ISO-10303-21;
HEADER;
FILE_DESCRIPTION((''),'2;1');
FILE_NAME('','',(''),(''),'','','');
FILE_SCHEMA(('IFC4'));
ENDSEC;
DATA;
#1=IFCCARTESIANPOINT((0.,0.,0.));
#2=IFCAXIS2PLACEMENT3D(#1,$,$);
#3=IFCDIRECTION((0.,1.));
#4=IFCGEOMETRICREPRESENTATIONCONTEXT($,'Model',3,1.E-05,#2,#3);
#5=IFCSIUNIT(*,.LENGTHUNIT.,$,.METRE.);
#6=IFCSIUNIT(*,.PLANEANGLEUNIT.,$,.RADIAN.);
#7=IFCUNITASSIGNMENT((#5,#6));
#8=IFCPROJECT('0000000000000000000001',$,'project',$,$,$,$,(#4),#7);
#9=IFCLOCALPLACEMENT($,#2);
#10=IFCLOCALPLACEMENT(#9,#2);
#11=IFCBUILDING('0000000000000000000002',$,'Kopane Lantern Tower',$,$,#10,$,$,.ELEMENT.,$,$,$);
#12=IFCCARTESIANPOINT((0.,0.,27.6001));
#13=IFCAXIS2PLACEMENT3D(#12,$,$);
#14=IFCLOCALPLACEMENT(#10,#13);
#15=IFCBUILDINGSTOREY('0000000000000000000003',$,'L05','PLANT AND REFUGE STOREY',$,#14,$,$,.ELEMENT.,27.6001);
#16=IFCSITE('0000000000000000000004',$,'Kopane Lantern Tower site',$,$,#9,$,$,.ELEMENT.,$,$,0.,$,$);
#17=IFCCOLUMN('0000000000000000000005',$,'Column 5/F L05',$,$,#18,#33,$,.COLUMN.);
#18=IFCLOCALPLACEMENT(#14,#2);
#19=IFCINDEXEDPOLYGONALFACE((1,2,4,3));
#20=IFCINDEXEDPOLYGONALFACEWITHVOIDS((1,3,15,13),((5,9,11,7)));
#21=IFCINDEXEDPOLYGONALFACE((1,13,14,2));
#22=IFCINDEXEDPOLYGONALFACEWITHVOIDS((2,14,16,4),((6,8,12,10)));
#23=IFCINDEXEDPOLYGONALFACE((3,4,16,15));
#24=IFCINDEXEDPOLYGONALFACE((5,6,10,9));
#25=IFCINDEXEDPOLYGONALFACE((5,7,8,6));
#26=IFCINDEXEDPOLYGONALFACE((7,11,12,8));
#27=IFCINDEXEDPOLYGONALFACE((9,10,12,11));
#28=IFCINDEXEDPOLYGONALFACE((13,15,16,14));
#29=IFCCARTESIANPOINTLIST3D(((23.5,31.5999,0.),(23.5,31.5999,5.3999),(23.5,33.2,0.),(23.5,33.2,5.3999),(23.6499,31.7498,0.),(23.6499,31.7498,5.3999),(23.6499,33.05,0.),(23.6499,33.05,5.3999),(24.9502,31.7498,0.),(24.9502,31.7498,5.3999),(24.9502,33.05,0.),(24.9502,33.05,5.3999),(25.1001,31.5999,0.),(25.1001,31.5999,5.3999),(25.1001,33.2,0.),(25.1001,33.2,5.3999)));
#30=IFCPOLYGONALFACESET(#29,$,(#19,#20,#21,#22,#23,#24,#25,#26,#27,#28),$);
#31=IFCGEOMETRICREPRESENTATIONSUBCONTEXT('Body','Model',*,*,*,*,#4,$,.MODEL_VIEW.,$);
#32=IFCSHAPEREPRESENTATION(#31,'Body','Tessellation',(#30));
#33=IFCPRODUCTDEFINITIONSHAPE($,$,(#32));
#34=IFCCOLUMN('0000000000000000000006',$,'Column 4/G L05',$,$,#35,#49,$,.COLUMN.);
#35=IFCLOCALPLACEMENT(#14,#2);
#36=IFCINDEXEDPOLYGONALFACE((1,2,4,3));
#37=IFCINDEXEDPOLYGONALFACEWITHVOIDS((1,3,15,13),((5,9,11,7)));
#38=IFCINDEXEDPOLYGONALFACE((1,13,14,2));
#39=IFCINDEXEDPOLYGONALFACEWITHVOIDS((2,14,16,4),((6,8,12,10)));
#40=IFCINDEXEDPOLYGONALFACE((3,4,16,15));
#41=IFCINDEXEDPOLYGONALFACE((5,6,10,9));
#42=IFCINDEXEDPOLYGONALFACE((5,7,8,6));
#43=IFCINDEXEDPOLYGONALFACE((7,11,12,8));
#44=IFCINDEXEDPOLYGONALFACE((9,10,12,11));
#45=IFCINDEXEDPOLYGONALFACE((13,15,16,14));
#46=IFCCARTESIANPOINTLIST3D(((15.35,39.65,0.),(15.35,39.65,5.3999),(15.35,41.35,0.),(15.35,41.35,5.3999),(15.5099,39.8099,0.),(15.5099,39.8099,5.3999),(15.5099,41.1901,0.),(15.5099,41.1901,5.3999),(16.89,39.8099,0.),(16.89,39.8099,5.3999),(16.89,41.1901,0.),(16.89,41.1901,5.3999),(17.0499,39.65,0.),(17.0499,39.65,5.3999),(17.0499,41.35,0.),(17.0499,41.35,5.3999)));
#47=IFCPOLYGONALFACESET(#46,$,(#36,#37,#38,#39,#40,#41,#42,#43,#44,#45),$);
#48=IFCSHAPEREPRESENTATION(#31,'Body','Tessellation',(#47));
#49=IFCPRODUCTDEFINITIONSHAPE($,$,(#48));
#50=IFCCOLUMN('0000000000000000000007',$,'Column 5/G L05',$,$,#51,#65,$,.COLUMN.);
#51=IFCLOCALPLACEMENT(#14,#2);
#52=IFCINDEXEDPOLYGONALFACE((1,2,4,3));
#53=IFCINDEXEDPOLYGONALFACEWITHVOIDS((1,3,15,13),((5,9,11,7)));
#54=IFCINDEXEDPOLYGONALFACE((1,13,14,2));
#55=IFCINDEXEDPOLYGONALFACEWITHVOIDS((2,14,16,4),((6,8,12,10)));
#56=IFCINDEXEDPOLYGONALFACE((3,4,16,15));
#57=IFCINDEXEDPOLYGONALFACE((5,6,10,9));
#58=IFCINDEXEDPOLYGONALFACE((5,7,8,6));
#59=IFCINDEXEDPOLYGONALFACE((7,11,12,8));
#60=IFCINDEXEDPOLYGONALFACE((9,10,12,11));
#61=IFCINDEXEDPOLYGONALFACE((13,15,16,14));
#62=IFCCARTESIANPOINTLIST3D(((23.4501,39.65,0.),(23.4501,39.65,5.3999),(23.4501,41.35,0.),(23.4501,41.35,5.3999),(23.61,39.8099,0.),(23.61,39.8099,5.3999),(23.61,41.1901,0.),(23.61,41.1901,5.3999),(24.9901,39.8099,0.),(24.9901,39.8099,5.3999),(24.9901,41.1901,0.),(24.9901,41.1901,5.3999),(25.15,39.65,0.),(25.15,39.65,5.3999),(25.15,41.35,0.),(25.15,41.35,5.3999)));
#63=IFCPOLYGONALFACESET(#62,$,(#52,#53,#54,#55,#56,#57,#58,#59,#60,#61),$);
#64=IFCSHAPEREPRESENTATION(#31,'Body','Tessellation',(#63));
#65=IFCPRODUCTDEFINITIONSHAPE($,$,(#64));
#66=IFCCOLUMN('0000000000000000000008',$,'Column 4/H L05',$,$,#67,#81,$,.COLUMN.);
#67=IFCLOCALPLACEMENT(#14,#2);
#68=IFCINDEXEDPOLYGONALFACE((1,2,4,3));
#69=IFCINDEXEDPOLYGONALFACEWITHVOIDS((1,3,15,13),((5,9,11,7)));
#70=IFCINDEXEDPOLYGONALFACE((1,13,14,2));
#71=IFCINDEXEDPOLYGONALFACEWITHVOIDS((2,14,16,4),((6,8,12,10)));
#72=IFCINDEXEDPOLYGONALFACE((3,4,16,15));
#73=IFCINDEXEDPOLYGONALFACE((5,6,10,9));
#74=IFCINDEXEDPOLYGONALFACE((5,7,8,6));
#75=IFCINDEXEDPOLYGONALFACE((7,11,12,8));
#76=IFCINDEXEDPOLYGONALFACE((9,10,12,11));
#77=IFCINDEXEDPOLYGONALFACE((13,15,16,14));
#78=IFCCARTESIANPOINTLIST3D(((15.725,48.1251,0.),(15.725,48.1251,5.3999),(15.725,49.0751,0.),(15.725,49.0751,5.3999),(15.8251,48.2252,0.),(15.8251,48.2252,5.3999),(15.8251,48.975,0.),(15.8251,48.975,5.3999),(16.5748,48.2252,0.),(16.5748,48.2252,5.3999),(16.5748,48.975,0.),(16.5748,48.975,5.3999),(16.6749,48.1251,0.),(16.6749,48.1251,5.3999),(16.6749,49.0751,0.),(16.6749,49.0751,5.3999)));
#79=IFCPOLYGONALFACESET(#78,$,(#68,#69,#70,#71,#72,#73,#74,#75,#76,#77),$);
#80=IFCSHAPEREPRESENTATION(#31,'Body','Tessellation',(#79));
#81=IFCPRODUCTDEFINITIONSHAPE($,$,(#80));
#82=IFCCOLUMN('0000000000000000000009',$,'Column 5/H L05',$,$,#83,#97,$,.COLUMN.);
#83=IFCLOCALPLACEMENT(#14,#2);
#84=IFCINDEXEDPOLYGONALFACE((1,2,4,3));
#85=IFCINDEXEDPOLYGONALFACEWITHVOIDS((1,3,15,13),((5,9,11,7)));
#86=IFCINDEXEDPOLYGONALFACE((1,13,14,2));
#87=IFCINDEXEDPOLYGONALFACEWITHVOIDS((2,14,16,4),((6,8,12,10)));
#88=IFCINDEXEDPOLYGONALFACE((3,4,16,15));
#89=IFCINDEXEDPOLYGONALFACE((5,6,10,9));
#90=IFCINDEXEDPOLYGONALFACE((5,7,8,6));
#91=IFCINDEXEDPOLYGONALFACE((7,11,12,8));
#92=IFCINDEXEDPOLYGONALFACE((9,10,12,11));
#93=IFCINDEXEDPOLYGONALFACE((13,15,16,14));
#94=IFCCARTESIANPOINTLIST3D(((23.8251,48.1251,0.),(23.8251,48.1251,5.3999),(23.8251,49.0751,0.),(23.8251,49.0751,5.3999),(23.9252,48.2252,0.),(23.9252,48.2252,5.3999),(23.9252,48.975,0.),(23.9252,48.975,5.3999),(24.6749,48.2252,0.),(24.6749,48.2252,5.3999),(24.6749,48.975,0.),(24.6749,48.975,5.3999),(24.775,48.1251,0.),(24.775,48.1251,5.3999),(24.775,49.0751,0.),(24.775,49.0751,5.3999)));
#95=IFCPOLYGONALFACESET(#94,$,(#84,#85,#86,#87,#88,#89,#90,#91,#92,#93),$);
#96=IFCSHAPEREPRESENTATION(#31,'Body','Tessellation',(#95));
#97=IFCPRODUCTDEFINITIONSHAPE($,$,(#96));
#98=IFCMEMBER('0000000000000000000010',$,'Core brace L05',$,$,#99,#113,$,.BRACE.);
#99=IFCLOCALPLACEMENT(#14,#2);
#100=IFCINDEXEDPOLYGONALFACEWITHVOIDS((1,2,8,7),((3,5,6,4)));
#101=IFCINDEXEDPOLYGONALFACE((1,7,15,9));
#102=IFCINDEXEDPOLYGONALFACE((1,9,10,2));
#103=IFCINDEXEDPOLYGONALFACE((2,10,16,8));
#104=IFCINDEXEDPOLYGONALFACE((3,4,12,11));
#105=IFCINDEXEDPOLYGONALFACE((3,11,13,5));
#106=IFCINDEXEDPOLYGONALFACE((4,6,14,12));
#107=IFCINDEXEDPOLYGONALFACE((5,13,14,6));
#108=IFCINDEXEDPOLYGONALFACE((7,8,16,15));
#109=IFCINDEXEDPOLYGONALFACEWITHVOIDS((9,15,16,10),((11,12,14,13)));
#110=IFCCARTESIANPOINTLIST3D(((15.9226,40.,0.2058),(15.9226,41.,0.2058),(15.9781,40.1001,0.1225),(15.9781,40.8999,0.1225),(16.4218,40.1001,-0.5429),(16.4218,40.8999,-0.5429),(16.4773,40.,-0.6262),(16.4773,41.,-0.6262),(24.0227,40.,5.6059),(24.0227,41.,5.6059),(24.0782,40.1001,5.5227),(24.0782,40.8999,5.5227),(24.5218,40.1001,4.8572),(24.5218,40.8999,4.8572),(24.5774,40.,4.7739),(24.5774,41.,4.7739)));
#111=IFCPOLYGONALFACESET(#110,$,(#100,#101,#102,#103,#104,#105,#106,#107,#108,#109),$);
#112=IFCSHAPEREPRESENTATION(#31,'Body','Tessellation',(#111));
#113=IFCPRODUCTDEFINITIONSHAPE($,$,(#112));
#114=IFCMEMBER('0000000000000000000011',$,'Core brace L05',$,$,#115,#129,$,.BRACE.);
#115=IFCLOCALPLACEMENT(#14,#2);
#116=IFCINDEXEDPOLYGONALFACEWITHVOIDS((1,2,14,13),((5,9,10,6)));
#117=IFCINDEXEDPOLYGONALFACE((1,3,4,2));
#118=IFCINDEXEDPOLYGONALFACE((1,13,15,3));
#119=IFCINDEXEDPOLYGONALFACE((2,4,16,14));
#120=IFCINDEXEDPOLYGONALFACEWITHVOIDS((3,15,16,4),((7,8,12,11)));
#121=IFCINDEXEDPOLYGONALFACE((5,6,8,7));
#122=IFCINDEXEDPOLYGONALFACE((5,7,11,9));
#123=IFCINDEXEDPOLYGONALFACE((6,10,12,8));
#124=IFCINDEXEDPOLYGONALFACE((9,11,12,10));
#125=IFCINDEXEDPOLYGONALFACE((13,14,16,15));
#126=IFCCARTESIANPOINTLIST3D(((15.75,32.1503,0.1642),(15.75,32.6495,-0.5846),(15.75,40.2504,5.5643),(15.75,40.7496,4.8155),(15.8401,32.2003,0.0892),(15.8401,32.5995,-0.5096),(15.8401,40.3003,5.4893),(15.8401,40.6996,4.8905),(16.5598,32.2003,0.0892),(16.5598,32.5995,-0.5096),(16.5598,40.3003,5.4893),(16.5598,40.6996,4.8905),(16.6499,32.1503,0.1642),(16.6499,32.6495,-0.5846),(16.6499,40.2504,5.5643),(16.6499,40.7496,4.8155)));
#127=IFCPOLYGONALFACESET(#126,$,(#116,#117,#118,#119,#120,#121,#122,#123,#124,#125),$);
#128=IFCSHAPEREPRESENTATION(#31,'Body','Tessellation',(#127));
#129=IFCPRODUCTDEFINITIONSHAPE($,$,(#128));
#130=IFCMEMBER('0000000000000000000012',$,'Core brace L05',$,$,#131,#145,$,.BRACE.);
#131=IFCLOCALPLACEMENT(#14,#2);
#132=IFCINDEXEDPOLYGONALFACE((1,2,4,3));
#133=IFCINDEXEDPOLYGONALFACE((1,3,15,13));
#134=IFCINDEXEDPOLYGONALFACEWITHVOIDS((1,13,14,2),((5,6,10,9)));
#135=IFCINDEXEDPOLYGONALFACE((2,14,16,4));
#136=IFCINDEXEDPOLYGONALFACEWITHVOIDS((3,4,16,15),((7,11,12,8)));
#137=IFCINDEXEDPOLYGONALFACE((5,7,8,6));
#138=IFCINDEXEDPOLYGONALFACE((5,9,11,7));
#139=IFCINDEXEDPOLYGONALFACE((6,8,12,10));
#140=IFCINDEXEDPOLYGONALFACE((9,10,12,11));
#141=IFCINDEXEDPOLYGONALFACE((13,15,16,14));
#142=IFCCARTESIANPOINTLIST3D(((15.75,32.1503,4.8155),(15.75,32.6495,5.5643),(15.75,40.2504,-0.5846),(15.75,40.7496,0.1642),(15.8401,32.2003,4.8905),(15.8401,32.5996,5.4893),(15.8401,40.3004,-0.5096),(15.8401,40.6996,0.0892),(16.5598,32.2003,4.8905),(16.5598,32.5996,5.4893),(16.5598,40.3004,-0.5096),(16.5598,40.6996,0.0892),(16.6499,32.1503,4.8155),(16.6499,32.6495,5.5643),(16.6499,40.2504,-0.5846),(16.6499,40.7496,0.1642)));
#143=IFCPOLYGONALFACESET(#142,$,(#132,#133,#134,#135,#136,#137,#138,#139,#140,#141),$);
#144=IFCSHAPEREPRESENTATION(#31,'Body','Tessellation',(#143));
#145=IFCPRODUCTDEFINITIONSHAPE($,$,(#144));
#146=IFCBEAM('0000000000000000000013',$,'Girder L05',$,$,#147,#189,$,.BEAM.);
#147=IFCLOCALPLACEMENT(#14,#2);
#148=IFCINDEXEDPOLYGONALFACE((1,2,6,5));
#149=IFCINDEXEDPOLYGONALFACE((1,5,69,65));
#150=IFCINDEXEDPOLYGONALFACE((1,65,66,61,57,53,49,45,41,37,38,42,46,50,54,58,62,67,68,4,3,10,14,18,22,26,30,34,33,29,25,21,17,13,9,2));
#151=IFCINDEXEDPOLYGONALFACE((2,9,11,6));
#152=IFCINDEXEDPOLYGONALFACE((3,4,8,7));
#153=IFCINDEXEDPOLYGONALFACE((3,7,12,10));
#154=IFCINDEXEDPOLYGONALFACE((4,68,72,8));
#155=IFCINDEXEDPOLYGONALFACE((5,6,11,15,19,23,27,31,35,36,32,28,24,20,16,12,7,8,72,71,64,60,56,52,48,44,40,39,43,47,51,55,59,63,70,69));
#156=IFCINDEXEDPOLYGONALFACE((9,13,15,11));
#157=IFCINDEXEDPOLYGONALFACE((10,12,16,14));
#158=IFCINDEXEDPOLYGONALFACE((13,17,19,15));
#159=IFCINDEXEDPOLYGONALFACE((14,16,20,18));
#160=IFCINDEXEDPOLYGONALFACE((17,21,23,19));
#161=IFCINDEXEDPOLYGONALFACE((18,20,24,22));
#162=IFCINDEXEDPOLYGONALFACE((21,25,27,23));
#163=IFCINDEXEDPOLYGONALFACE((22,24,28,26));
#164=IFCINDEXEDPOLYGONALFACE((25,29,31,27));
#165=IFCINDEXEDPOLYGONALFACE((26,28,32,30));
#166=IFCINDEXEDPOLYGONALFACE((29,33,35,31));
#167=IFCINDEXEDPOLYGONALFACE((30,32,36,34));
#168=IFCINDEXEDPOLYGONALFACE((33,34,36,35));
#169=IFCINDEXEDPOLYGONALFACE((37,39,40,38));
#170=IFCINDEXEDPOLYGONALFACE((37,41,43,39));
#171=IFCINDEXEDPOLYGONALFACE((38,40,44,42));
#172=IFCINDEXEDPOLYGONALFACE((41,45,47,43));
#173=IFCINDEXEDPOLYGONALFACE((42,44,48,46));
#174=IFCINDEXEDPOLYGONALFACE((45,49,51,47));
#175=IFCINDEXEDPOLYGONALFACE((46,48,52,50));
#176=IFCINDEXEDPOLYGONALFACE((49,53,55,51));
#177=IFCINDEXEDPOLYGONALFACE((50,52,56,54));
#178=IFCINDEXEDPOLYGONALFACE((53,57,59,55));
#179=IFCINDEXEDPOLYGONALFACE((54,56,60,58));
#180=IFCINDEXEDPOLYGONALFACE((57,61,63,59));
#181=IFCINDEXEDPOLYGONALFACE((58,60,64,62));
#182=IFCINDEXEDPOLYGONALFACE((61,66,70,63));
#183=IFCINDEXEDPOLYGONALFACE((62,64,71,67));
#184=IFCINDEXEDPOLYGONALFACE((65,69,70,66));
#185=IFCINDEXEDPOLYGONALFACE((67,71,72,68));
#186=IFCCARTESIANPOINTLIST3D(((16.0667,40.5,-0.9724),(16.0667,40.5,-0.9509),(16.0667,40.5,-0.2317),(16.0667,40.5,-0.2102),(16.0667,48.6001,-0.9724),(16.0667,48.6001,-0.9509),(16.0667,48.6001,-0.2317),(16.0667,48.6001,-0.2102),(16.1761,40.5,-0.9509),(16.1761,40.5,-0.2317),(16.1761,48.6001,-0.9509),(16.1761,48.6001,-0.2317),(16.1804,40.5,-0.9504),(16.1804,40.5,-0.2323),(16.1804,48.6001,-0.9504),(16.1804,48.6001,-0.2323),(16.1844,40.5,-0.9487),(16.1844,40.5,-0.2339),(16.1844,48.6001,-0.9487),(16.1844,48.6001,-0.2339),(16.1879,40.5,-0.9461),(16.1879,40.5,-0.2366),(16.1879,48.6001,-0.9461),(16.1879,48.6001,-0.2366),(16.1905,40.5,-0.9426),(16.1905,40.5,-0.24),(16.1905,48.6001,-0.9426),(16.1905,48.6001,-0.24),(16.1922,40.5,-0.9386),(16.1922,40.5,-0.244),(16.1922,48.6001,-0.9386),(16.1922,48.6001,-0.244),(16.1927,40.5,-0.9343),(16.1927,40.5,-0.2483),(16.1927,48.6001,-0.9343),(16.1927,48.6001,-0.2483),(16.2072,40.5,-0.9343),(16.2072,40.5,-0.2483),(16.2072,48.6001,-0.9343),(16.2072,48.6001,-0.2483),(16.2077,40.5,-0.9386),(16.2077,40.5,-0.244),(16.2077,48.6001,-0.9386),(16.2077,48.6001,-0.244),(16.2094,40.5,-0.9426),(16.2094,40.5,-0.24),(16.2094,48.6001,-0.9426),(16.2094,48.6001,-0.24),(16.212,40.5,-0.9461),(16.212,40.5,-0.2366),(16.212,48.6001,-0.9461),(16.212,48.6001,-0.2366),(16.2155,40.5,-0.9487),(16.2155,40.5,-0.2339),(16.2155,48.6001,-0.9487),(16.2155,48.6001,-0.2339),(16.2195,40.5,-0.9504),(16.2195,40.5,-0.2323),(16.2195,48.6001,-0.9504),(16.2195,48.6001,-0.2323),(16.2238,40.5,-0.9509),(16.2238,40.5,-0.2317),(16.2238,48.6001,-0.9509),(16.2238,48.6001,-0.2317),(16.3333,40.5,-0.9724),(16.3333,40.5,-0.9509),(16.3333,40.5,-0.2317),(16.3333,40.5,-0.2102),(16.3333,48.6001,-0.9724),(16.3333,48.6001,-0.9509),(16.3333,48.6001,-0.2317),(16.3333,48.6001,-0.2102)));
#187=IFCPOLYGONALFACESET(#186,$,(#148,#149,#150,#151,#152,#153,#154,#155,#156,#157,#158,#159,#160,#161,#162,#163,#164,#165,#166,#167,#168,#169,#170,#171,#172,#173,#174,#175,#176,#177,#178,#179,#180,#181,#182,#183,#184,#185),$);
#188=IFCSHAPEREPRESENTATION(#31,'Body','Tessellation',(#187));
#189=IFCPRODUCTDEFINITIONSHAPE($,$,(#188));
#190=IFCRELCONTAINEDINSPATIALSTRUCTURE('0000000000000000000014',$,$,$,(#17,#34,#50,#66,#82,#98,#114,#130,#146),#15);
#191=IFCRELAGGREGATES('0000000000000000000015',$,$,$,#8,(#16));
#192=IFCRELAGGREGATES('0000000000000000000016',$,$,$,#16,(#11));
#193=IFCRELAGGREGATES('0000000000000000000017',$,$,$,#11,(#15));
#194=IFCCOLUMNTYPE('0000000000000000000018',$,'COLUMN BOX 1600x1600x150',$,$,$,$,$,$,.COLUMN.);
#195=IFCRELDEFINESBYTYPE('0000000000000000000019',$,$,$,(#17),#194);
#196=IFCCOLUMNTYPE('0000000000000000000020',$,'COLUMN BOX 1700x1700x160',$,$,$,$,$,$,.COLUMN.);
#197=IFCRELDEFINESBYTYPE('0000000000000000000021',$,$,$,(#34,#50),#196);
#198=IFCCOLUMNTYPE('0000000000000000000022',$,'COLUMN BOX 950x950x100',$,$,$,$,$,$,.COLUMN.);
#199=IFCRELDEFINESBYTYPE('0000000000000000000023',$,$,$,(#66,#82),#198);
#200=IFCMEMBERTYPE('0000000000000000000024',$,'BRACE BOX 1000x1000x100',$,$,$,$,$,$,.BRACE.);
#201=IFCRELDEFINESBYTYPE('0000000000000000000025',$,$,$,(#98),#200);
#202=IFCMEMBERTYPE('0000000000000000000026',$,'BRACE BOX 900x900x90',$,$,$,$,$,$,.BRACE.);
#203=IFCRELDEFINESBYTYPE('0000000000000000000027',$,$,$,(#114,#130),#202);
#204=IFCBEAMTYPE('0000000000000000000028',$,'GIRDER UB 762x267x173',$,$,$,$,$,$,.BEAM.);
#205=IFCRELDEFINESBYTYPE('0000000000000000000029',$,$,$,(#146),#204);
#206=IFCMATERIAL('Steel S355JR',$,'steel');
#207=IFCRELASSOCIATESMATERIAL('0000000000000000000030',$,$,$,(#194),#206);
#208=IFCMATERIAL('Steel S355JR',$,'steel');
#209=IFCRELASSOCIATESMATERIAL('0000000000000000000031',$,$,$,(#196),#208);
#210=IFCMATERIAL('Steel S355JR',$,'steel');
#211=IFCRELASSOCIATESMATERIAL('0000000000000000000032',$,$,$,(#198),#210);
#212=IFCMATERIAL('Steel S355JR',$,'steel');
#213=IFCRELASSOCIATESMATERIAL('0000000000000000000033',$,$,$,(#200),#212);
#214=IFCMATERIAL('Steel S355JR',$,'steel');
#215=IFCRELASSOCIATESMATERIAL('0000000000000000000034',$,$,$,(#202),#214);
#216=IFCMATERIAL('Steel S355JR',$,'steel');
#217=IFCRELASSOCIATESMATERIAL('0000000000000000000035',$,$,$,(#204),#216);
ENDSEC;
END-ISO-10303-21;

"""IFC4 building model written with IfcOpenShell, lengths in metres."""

from ifc_helpers import new_model, si_unit, direction, frame, origin, origin_2d, place, context, subcontext, project, spatial, hollow_rectangle, i_section, extrude, material, material_profile, profile_set, type_object, element, save


model = new_model("IFC4")

# Units and contexts
model_context = context("Model", 3, precision=1e-05, world=origin(), true_north=direction((0.0, 1.0)))
body_context = subcontext(model_context, "Body", "Model", "MODEL_VIEW")
ifc_project = project(units=[si_unit("LENGTHUNIT", "METRE"), si_unit("PLANEANGLEUNIT", "RADIAN")], contexts=[model_context])

# Site, building, storey
site_placement = place(None, origin())
site = spatial("IfcSite", under=ifc_project, at=site_placement, Name="Kopane Lantern Tower site", CompositionType="ELEMENT", RefElevation=0.0)
building_placement = place(site_placement, origin())
building = spatial("IfcBuilding", under=site, at=building_placement, Name="Kopane Lantern Tower", CompositionType="ELEMENT")
storey_placement = place(building_placement, frame((0.0, 0.0, 27.6001)))
storey = spatial("IfcBuildingStorey", under=building, at=storey_placement, Name="L05", Description="PLANT AND REFUGE STOREY", CompositionType="ELEMENT", Elevation=27.6001)

# Columns
ifc_material_1 = material(Name="Steel S355JR", Category="steel")
ifc_material_profile_1 = material_profile(ifc_material_1, hollow_rectangle(XDim=1.6001, YDim=1.6001, WallThickness=0.1499, at=origin_2d()), Name="BOX 1600x1600x150")
ifc_profile_set_1 = profile_set([ifc_material_profile_1], Name="Steel S355JR")
column_type_1 = type_object("IfcColumnType", Name="COLUMN BOX 1600x1600x150", PredefinedType="COLUMN", material=ifc_profile_set_1)
column_placement = place(storey_placement, frame((24.3, 32.3999, 0.0), z_axis=(0.0, 0.0, 1.0), x_axis=(1.0, 0.0, 0.0)))
element("IfcColumn", 1, at=column_placement, inside=storey, type_object=column_type_1, Name="Column 5/F L05", PredefinedType="COLUMN", context=body_context, shape_type="SweptSolid", body=[
    extrude(hollow_rectangle(XDim=1.6001, YDim=1.6001, WallThickness=0.1499, at=origin_2d()), origin(), (0.0, 0.0, 1.0), 5.3999),
])
ifc_material_2 = material(Name="Steel S355JR", Category="steel")
ifc_material_profile_2 = material_profile(ifc_material_2, hollow_rectangle(XDim=1.7, YDim=1.7, WallThickness=0.1599, at=origin_2d()), Name="BOX 1700x1700x160")
ifc_profile_set_2 = profile_set([ifc_material_profile_2], Name="Steel S355JR")
column_type_2 = type_object("IfcColumnType", Name="COLUMN BOX 1700x1700x160", PredefinedType="COLUMN", material=ifc_profile_set_2)
for number, where, z_axis, x_axis, name in (
    (2, (16.2, 40.5, 0.0), (0.0, 0.0, 1.0), (1.0, 0.0, 0.0), "Column 4/G L05"),
    (3, (24.3, 40.5, 0.0), (0.0, 0.0, 1.0), (1.0, 0.0, 0.0), "Column 5/G L05"),
):
    element("IfcColumn", number, at=place(storey_placement, frame(where, z_axis=z_axis, x_axis=x_axis)), inside=storey, type_object=column_type_2, Name=name, PredefinedType="COLUMN", context=body_context, shape_type="SweptSolid", body=[
        extrude(hollow_rectangle(XDim=1.7, YDim=1.7, WallThickness=0.1599, at=origin_2d()), origin(), (0.0, 0.0, 1.0), 5.3999),
    ])
ifc_material_3 = material(Name="Steel S355JR", Category="steel")
ifc_material_profile_3 = material_profile(ifc_material_3, hollow_rectangle(XDim=0.95, YDim=0.95, WallThickness=0.1001, at=origin_2d()), Name="BOX 950x950x100")
ifc_profile_set_3 = profile_set([ifc_material_profile_3], Name="Steel S355JR")
column_type_3 = type_object("IfcColumnType", Name="COLUMN BOX 950x950x100", PredefinedType="COLUMN", material=ifc_profile_set_3)
for number, where, z_axis, x_axis, name in (
    (4, (16.2, 48.6001, 0.0), (0.0, 0.0, 1.0), (1.0, 0.0, 0.0), "Column 4/H L05"),
    (5, (24.3, 48.6001, 0.0), (0.0, 0.0, 1.0), (1.0, 0.0, 0.0), "Column 5/H L05"),
):
    element("IfcColumn", number, at=place(storey_placement, frame(where, z_axis=z_axis, x_axis=x_axis)), inside=storey, type_object=column_type_3, Name=name, PredefinedType="COLUMN", context=body_context, shape_type="SweptSolid", body=[
        extrude(hollow_rectangle(XDim=0.95, YDim=0.95, WallThickness=0.1001, at=origin_2d()), origin(), (0.0, 0.0, 1.0), 5.3999),
    ])

# Members
ifc_material_4 = material(Name="Steel S355JR", Category="steel")
ifc_material_profile_4 = material_profile(ifc_material_4, hollow_rectangle(XDim=1.0, YDim=1.0, WallThickness=0.1001, at=origin_2d()), Name="BOX 1000x1000x100")
ifc_profile_set_4 = profile_set([ifc_material_profile_4], Name="Steel S355JR")
member_type_1 = type_object("IfcMemberType", Name="BRACE BOX 1000x1000x100", PredefinedType="BRACE", material=ifc_profile_set_4)
member_placement = place(storey_placement, frame((16.2, 40.5, -0.2102), z_axis=(0.832046, 0.0, 0.554706), x_axis=(0.0, 1.0, 0.0)))
element("IfcMember", 6, at=member_placement, inside=storey, type_object=member_type_1, Name="Core brace L05", PredefinedType="BRACE", context=body_context, shape_type="SweptSolid", body=[
    extrude(hollow_rectangle(XDim=1.0, YDim=1.0, WallThickness=0.1001, at=origin_2d()), origin(), (0.0, 0.0, 1.0), 9.7351),
])
ifc_material_5 = material(Name="Steel S355JR", Category="steel")
ifc_material_profile_5 = material_profile(ifc_material_5, hollow_rectangle(XDim=0.8999, YDim=0.8999, WallThickness=0.0901, at=origin_2d()), Name="BOX 900x900x90")
ifc_profile_set_5 = profile_set([ifc_material_profile_5], Name="Steel S355JR")
member_type_2 = type_object("IfcMemberType", Name="BRACE BOX 900x900x90", PredefinedType="BRACE", material=ifc_profile_set_5)
for number, where, z_axis, x_axis, name in (
    (7, (16.2, 32.3999, -0.2102), (0.0, 0.832046, 0.554706), (-1.0, 0.0, 0.0), "Core brace L05"),
    (8, (16.2, 40.5, -0.2102), (0.0, -0.832046, 0.554706), (1.0, 0.0, 0.0), "Core brace L05"),
):
    element("IfcMember", number, at=place(storey_placement, frame(where, z_axis=z_axis, x_axis=x_axis)), inside=storey, type_object=member_type_2, Name=name, PredefinedType="BRACE", context=body_context, shape_type="SweptSolid", body=[
        extrude(hollow_rectangle(XDim=0.8999, YDim=0.8999, WallThickness=0.0901, at=origin_2d()), origin(), (0.0, 0.0, 1.0), 9.7351),
    ])

# Beam
ifc_material_6 = material(Name="Steel S355JR", Category="steel")
ifc_material_profile_6 = material_profile(ifc_material_6, i_section(OverallWidth=0.2666, OverallDepth=0.7622, WebThickness=0.0144, FlangeThickness=0.0215, FilletRadius=0.0166, at=origin_2d()), Name="UB 762x267x173")
ifc_profile_set_6 = profile_set([ifc_material_profile_6], Name="Steel S355JR")
beam_type = type_object("IfcBeamType", Name="GIRDER UB 762x267x173", PredefinedType="BEAM", material=ifc_profile_set_6)
for number, where, z_axis, x_axis, name in (
    (9, (16.2, 40.5, -0.5913), (0.0, 1.0, 0.0), (-1.0, 0.0, 0.0), "Girder L05"),
):
    element("IfcBeam", number, at=place(storey_placement, frame(where, z_axis=z_axis, x_axis=x_axis)), inside=storey, type_object=beam_type, Name=name, PredefinedType="BEAM", context=body_context, shape_type="SweptSolid", body=[
        extrude(i_section(OverallWidth=0.2666, OverallDepth=0.7622, WebThickness=0.0144, FlangeThickness=0.0215, FilletRadius=0.0166, at=origin_2d()), origin(), (0.0, 0.0, 1.0), 8.1001),
    ])

save(model, "model.ifc")
